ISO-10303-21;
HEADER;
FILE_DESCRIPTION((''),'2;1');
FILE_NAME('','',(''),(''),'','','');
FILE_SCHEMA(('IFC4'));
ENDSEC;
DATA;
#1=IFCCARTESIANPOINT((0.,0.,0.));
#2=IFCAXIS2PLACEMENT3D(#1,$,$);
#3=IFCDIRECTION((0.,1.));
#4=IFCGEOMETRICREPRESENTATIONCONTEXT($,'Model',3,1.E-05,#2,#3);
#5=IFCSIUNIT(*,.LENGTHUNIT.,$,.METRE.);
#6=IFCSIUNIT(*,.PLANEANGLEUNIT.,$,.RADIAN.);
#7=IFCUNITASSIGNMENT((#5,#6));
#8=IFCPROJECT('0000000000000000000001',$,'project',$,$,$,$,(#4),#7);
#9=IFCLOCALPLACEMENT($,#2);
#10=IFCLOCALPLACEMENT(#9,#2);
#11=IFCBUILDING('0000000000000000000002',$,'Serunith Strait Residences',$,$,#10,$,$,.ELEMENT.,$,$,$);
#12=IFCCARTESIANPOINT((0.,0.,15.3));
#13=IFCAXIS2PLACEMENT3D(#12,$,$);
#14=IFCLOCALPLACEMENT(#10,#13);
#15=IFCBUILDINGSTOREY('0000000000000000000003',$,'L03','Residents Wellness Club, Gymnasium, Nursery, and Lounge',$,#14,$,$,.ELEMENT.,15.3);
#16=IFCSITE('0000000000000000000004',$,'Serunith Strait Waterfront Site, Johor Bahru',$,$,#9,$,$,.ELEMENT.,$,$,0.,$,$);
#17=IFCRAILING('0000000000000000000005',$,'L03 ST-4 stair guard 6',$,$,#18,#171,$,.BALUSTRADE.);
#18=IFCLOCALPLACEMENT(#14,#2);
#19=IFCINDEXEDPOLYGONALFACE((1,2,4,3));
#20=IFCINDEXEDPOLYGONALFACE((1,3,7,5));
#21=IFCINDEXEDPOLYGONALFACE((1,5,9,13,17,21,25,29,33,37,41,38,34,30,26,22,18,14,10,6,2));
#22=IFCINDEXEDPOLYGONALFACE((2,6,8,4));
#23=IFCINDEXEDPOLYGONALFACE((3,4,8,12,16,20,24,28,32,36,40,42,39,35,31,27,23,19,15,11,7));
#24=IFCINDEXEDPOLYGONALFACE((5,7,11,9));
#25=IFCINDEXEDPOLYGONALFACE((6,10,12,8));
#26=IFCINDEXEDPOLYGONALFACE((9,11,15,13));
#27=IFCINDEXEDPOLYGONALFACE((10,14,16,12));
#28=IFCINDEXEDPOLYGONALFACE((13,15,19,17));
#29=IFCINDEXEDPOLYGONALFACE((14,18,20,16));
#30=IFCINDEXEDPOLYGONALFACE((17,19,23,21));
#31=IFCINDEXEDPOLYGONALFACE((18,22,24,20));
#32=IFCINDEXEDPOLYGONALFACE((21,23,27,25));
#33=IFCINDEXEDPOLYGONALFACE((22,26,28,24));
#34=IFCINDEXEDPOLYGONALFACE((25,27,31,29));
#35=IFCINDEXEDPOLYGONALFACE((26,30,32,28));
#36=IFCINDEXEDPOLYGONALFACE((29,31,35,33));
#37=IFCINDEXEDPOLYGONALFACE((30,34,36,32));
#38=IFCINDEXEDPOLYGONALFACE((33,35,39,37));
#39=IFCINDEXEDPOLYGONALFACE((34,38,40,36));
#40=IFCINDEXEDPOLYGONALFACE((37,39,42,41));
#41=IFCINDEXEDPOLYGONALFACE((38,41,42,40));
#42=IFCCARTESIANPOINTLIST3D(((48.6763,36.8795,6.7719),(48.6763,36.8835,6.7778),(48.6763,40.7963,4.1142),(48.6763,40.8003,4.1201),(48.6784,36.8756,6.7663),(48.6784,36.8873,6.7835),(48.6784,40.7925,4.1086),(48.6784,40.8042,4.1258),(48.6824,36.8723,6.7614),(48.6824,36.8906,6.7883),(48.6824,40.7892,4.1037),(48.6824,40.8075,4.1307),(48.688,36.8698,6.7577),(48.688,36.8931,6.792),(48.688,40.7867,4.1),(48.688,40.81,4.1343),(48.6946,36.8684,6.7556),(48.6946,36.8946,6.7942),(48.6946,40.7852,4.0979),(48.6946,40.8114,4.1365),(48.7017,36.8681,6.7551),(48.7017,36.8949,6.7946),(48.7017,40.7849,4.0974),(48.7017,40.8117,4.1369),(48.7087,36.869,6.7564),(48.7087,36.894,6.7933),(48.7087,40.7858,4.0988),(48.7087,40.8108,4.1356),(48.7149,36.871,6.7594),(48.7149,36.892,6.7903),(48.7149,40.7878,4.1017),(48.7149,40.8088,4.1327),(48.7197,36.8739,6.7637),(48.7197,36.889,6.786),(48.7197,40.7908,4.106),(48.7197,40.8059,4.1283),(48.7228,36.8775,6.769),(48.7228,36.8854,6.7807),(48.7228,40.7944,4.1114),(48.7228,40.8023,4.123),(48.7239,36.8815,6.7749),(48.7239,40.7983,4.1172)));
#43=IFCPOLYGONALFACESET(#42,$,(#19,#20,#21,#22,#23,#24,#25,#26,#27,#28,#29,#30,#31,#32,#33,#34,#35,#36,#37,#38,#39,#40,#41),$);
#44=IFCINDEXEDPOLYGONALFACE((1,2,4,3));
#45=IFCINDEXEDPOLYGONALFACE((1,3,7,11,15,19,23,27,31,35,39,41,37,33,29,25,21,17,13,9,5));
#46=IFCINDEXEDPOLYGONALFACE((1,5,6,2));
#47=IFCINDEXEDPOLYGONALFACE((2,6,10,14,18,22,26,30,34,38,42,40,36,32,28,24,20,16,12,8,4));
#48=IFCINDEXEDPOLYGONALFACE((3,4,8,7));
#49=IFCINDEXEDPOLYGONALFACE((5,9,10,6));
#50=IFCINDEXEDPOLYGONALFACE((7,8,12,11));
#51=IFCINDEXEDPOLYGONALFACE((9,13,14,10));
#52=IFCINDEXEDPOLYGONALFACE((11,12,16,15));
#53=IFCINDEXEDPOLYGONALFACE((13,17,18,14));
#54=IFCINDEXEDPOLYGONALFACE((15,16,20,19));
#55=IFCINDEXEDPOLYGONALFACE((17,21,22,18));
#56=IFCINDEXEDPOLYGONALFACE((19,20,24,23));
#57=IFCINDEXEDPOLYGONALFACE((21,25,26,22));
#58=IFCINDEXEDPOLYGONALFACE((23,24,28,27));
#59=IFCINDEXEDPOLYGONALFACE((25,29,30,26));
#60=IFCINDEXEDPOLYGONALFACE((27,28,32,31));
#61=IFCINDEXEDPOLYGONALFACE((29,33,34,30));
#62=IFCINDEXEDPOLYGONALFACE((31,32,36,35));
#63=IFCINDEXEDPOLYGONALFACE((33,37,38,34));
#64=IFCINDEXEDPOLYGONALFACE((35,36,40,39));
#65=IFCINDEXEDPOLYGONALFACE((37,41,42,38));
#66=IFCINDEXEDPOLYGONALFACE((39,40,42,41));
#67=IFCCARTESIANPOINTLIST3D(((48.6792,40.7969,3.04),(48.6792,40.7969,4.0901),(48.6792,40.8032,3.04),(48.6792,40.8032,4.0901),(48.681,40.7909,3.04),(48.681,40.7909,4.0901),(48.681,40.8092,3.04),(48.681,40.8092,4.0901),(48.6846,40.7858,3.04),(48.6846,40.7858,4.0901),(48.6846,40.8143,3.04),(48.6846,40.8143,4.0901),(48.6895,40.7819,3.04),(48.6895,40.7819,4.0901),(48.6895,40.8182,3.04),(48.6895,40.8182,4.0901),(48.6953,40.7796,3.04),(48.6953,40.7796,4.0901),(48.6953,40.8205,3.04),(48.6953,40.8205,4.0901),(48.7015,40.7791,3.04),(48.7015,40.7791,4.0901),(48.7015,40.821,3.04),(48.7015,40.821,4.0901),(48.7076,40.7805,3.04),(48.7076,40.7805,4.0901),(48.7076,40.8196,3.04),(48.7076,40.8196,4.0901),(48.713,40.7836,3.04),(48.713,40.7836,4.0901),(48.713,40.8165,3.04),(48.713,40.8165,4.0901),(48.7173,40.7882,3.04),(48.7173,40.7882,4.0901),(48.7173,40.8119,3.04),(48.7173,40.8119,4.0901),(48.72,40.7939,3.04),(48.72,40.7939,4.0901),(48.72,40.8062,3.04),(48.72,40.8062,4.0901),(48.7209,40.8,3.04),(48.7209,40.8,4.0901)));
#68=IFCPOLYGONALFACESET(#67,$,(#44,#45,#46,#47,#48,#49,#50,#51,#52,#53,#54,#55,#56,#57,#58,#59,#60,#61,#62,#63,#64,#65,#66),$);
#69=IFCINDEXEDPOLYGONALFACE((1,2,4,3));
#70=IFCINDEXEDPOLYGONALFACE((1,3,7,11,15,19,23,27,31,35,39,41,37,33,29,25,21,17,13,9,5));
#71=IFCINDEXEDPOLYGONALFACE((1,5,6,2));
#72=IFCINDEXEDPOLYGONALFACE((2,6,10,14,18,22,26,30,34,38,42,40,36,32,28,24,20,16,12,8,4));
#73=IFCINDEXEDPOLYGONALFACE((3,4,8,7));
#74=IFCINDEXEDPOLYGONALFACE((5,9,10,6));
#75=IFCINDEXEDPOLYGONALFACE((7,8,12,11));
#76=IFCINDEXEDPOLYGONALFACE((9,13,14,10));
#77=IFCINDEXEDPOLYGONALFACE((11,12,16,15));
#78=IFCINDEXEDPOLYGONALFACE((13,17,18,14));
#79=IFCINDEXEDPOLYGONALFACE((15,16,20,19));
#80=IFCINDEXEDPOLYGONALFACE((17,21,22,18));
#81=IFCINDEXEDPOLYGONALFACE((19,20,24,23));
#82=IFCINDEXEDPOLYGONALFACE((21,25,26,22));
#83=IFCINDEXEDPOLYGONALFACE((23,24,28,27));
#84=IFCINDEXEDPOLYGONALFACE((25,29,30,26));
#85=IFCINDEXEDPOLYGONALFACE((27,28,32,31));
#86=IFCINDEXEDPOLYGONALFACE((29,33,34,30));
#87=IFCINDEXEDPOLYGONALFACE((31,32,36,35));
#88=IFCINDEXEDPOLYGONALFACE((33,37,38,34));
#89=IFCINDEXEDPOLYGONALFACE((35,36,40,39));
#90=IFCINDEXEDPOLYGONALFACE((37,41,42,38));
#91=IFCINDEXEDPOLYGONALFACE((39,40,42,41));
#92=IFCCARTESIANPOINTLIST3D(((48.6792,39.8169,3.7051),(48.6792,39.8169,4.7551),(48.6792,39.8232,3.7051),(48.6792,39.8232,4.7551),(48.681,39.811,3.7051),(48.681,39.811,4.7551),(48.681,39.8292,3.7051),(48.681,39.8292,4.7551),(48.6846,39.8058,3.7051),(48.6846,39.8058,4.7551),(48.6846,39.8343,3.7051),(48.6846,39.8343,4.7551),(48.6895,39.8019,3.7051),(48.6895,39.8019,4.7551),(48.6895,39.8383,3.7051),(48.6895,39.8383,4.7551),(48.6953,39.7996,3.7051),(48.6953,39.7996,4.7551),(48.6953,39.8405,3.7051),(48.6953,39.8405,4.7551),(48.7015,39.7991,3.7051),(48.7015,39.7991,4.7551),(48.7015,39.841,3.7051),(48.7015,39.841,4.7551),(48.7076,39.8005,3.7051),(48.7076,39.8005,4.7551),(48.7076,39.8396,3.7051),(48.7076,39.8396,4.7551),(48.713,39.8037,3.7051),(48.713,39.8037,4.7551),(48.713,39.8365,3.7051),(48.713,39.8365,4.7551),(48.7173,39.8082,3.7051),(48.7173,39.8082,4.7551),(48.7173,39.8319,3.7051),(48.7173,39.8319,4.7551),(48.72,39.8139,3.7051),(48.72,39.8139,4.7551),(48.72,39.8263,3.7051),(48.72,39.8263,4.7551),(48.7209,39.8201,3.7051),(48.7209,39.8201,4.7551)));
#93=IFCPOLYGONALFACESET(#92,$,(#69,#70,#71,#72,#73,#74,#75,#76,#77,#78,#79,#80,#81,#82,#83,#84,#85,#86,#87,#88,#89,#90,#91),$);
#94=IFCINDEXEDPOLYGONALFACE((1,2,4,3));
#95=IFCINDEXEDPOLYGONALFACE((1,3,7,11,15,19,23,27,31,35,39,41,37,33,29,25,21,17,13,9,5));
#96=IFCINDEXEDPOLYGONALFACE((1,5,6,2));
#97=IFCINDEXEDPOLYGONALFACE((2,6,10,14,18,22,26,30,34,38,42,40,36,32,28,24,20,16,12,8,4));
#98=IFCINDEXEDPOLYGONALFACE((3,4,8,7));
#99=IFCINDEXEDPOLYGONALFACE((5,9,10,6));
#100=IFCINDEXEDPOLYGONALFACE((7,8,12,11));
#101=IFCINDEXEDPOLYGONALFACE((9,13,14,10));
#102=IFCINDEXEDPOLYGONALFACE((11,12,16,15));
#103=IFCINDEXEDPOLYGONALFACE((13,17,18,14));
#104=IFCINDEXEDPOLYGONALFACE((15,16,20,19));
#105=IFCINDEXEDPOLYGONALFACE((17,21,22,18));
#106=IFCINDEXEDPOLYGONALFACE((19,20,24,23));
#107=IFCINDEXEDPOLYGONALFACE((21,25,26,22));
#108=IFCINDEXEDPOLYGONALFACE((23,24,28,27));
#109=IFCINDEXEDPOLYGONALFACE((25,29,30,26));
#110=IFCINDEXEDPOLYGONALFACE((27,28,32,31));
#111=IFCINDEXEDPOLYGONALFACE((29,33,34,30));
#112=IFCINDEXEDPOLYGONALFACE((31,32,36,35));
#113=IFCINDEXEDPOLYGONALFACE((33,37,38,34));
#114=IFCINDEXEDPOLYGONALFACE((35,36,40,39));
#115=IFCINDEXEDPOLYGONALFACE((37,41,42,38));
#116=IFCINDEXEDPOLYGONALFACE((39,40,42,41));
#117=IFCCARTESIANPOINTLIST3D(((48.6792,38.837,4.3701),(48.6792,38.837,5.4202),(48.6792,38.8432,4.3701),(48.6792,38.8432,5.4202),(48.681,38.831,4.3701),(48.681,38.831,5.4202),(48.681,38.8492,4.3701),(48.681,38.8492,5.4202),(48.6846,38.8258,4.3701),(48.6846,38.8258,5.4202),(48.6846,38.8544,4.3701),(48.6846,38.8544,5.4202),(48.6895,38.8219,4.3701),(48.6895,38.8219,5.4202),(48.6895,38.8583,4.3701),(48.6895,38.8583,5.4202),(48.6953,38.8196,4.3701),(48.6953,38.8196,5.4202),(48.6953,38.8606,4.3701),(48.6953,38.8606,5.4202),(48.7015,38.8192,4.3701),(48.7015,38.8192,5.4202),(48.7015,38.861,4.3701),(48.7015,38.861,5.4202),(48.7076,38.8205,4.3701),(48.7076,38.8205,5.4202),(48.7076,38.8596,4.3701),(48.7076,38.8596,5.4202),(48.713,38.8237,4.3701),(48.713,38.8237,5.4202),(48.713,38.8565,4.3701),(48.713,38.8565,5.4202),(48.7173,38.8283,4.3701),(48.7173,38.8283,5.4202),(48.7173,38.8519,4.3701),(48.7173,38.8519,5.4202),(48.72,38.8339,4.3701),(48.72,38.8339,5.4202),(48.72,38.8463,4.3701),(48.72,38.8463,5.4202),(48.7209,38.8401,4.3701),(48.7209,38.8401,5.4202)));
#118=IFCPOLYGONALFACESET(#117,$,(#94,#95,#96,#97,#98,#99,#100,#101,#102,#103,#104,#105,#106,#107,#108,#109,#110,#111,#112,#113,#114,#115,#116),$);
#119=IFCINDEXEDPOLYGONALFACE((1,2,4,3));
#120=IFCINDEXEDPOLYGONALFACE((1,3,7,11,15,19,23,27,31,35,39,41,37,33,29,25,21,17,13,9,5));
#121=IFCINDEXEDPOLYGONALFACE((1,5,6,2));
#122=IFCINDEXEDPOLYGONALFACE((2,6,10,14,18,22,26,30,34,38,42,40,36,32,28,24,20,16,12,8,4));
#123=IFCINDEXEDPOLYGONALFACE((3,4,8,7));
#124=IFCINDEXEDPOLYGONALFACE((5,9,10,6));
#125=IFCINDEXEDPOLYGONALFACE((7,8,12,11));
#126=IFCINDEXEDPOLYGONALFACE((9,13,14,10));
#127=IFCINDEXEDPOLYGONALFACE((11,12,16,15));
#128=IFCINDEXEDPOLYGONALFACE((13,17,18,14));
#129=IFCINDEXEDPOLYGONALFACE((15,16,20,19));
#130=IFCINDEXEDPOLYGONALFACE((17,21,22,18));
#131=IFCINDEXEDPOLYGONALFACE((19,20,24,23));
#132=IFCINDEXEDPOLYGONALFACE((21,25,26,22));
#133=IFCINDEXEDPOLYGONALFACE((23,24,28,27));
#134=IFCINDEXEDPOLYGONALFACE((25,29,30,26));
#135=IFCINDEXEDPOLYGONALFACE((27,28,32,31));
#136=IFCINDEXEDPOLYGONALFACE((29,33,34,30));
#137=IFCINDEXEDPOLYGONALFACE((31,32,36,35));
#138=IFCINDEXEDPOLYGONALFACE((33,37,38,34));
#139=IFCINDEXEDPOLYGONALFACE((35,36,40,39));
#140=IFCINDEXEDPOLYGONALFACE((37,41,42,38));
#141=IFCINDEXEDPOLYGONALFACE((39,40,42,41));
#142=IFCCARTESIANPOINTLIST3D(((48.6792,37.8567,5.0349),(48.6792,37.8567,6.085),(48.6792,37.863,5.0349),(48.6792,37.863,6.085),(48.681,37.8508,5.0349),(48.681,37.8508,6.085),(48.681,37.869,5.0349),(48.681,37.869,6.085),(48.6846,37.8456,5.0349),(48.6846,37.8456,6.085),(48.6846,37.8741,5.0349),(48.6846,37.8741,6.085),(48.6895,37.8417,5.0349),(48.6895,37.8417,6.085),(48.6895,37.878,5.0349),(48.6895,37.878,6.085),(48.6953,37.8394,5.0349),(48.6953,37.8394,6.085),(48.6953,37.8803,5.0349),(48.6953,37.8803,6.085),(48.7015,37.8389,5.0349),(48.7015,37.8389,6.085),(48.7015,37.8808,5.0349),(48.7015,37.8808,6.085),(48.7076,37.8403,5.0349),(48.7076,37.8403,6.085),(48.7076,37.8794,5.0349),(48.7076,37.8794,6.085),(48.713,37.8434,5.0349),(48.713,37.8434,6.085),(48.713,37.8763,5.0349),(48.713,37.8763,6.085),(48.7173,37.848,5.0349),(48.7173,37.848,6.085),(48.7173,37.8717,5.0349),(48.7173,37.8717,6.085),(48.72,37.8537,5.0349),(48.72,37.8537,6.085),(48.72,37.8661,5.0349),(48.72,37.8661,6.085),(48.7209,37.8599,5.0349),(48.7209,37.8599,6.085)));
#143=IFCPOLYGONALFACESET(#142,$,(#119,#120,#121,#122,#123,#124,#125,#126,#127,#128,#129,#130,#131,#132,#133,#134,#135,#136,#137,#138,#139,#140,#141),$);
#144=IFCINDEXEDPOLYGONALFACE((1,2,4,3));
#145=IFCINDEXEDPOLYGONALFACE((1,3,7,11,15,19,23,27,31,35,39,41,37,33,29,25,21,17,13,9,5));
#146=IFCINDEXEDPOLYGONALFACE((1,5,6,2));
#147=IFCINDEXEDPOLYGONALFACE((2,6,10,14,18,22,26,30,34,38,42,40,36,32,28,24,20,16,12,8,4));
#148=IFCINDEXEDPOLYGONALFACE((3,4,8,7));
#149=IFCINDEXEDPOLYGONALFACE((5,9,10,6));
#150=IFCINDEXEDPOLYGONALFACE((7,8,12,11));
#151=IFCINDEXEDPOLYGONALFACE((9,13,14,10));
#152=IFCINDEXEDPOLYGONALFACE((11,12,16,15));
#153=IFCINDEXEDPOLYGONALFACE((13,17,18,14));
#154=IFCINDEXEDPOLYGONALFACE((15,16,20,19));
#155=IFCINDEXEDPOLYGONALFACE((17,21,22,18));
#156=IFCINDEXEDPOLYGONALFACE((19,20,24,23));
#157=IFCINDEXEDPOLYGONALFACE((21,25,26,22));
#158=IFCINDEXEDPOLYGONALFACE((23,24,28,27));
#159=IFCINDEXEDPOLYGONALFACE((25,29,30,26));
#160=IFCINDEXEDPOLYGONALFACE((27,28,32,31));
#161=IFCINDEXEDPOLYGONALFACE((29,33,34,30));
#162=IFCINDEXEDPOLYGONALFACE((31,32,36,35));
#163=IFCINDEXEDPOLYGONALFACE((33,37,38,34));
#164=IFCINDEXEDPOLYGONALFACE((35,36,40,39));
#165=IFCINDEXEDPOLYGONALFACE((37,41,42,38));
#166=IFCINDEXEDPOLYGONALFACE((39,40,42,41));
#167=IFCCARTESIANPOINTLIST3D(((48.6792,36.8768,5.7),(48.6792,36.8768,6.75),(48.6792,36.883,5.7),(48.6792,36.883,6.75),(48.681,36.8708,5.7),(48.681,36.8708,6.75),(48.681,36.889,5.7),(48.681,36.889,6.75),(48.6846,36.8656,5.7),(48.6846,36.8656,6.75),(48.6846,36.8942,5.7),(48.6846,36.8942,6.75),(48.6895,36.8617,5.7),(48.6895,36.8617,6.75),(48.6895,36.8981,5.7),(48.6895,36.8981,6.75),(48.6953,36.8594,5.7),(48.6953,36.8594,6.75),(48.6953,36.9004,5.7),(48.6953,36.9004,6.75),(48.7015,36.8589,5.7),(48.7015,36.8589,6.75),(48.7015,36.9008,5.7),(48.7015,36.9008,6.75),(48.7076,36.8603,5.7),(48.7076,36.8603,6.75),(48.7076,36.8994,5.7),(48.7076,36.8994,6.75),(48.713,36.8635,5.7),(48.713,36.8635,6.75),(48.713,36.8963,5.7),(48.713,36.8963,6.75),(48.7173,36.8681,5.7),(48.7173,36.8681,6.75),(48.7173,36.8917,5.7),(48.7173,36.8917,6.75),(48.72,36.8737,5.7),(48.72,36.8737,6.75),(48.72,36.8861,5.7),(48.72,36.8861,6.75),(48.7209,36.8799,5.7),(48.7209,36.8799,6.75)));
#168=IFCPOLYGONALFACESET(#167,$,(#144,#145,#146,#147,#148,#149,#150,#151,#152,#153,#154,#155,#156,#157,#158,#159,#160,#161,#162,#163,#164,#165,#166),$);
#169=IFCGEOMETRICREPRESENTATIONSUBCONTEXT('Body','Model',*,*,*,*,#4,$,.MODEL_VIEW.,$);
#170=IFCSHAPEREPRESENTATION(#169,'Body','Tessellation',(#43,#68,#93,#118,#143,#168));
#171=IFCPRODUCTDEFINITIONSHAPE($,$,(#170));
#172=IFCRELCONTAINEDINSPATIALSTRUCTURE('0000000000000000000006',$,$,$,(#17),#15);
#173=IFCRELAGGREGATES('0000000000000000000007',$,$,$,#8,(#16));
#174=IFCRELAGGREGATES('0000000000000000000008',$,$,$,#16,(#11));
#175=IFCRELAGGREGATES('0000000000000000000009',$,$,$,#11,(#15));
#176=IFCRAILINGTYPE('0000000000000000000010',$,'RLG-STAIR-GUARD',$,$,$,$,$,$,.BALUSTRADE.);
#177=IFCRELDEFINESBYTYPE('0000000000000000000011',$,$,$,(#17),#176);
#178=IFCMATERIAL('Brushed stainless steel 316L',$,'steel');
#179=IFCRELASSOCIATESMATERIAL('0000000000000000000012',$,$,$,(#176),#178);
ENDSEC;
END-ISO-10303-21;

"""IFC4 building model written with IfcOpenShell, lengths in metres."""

from ifc_helpers import new_model, si_unit, direction, frame, origin, origin_2d, place, context, subcontext, project, spatial, circle, extrude, material, type_object, element, save


model = new_model("IFC4")

# Units and contexts
model_context = context("Model", 3, precision=1e-05, world=origin(), true_north=direction((0.0, 1.0)))
body_context = subcontext(model_context, "Body", "Model", "MODEL_VIEW")
ifc_project = project(units=[si_unit("LENGTHUNIT", "METRE"), si_unit("PLANEANGLEUNIT", "RADIAN")], contexts=[model_context])

# Site, building, storey
site_placement = place(None, origin())
site = spatial("IfcSite", under=ifc_project, at=site_placement, Name="Serunith Strait Waterfront Site, Johor Bahru", CompositionType="ELEMENT", RefElevation=0.0)
building_placement = place(site_placement, origin())
building = spatial("IfcBuilding", under=site, at=building_placement, Name="Serunith Strait Residences", CompositionType="ELEMENT")
storey_placement = place(building_placement, frame((0.0, 0.0, 15.3)))
storey = spatial("IfcBuildingStorey", under=building, at=storey_placement, Name="L03", Description="Residents Wellness Club, Gymnasium, Nursery, and Lounge", CompositionType="ELEMENT", Elevation=15.3)

# Railing
ifc_material_1 = material(Name="Brushed stainless steel 316L", Category="steel")
railing_type_1 = type_object("IfcRailingType", Name="RLG-STAIR-GUARD", PredefinedType="BALUSTRADE", material=ifc_material_1)
railing_1_placement = place(storey_placement, frame((48.7, 40.8, 3.04)))
element("IfcRailing", 1, at=railing_1_placement, inside=storey, type_object=railing_type_1, Name="L03 ST-4 stair guard 6", PredefinedType="BALUSTRADE", context=body_context, shape_type="SweptSolid", body=[
    extrude(circle(Radius=0.0239, at=origin_2d()), frame((0.0, -0.0017, 1.0771), z_axis=(0.0, -0.827495, 0.561472), x_axis=(1.0, 0.0, 0.0)), (0.0, 0.0, 1.0), 4.7334),
    extrude(circle(Radius=0.021, at=origin_2d()), origin(), (0.0, 0.0, 1.0), 1.05),
    extrude(circle(Radius=0.021, at=origin_2d()), frame((0.0, -0.98, 0.665)), (0.0, 0.0, 1.0), 1.05),
    extrude(circle(Radius=0.021, at=origin_2d()), frame((0.0, -1.96, 1.3301)), (0.0, 0.0, 1.0), 1.05),
    extrude(circle(Radius=0.021, at=origin_2d()), frame((0.0, -2.9402, 1.9949)), (0.0, 0.0, 1.0), 1.05),
    extrude(circle(Radius=0.021, at=origin_2d()), frame((0.0, -3.9202, 2.6599)), (0.0, 0.0, 1.0), 1.05),
])

save(model, "model.ifc")
